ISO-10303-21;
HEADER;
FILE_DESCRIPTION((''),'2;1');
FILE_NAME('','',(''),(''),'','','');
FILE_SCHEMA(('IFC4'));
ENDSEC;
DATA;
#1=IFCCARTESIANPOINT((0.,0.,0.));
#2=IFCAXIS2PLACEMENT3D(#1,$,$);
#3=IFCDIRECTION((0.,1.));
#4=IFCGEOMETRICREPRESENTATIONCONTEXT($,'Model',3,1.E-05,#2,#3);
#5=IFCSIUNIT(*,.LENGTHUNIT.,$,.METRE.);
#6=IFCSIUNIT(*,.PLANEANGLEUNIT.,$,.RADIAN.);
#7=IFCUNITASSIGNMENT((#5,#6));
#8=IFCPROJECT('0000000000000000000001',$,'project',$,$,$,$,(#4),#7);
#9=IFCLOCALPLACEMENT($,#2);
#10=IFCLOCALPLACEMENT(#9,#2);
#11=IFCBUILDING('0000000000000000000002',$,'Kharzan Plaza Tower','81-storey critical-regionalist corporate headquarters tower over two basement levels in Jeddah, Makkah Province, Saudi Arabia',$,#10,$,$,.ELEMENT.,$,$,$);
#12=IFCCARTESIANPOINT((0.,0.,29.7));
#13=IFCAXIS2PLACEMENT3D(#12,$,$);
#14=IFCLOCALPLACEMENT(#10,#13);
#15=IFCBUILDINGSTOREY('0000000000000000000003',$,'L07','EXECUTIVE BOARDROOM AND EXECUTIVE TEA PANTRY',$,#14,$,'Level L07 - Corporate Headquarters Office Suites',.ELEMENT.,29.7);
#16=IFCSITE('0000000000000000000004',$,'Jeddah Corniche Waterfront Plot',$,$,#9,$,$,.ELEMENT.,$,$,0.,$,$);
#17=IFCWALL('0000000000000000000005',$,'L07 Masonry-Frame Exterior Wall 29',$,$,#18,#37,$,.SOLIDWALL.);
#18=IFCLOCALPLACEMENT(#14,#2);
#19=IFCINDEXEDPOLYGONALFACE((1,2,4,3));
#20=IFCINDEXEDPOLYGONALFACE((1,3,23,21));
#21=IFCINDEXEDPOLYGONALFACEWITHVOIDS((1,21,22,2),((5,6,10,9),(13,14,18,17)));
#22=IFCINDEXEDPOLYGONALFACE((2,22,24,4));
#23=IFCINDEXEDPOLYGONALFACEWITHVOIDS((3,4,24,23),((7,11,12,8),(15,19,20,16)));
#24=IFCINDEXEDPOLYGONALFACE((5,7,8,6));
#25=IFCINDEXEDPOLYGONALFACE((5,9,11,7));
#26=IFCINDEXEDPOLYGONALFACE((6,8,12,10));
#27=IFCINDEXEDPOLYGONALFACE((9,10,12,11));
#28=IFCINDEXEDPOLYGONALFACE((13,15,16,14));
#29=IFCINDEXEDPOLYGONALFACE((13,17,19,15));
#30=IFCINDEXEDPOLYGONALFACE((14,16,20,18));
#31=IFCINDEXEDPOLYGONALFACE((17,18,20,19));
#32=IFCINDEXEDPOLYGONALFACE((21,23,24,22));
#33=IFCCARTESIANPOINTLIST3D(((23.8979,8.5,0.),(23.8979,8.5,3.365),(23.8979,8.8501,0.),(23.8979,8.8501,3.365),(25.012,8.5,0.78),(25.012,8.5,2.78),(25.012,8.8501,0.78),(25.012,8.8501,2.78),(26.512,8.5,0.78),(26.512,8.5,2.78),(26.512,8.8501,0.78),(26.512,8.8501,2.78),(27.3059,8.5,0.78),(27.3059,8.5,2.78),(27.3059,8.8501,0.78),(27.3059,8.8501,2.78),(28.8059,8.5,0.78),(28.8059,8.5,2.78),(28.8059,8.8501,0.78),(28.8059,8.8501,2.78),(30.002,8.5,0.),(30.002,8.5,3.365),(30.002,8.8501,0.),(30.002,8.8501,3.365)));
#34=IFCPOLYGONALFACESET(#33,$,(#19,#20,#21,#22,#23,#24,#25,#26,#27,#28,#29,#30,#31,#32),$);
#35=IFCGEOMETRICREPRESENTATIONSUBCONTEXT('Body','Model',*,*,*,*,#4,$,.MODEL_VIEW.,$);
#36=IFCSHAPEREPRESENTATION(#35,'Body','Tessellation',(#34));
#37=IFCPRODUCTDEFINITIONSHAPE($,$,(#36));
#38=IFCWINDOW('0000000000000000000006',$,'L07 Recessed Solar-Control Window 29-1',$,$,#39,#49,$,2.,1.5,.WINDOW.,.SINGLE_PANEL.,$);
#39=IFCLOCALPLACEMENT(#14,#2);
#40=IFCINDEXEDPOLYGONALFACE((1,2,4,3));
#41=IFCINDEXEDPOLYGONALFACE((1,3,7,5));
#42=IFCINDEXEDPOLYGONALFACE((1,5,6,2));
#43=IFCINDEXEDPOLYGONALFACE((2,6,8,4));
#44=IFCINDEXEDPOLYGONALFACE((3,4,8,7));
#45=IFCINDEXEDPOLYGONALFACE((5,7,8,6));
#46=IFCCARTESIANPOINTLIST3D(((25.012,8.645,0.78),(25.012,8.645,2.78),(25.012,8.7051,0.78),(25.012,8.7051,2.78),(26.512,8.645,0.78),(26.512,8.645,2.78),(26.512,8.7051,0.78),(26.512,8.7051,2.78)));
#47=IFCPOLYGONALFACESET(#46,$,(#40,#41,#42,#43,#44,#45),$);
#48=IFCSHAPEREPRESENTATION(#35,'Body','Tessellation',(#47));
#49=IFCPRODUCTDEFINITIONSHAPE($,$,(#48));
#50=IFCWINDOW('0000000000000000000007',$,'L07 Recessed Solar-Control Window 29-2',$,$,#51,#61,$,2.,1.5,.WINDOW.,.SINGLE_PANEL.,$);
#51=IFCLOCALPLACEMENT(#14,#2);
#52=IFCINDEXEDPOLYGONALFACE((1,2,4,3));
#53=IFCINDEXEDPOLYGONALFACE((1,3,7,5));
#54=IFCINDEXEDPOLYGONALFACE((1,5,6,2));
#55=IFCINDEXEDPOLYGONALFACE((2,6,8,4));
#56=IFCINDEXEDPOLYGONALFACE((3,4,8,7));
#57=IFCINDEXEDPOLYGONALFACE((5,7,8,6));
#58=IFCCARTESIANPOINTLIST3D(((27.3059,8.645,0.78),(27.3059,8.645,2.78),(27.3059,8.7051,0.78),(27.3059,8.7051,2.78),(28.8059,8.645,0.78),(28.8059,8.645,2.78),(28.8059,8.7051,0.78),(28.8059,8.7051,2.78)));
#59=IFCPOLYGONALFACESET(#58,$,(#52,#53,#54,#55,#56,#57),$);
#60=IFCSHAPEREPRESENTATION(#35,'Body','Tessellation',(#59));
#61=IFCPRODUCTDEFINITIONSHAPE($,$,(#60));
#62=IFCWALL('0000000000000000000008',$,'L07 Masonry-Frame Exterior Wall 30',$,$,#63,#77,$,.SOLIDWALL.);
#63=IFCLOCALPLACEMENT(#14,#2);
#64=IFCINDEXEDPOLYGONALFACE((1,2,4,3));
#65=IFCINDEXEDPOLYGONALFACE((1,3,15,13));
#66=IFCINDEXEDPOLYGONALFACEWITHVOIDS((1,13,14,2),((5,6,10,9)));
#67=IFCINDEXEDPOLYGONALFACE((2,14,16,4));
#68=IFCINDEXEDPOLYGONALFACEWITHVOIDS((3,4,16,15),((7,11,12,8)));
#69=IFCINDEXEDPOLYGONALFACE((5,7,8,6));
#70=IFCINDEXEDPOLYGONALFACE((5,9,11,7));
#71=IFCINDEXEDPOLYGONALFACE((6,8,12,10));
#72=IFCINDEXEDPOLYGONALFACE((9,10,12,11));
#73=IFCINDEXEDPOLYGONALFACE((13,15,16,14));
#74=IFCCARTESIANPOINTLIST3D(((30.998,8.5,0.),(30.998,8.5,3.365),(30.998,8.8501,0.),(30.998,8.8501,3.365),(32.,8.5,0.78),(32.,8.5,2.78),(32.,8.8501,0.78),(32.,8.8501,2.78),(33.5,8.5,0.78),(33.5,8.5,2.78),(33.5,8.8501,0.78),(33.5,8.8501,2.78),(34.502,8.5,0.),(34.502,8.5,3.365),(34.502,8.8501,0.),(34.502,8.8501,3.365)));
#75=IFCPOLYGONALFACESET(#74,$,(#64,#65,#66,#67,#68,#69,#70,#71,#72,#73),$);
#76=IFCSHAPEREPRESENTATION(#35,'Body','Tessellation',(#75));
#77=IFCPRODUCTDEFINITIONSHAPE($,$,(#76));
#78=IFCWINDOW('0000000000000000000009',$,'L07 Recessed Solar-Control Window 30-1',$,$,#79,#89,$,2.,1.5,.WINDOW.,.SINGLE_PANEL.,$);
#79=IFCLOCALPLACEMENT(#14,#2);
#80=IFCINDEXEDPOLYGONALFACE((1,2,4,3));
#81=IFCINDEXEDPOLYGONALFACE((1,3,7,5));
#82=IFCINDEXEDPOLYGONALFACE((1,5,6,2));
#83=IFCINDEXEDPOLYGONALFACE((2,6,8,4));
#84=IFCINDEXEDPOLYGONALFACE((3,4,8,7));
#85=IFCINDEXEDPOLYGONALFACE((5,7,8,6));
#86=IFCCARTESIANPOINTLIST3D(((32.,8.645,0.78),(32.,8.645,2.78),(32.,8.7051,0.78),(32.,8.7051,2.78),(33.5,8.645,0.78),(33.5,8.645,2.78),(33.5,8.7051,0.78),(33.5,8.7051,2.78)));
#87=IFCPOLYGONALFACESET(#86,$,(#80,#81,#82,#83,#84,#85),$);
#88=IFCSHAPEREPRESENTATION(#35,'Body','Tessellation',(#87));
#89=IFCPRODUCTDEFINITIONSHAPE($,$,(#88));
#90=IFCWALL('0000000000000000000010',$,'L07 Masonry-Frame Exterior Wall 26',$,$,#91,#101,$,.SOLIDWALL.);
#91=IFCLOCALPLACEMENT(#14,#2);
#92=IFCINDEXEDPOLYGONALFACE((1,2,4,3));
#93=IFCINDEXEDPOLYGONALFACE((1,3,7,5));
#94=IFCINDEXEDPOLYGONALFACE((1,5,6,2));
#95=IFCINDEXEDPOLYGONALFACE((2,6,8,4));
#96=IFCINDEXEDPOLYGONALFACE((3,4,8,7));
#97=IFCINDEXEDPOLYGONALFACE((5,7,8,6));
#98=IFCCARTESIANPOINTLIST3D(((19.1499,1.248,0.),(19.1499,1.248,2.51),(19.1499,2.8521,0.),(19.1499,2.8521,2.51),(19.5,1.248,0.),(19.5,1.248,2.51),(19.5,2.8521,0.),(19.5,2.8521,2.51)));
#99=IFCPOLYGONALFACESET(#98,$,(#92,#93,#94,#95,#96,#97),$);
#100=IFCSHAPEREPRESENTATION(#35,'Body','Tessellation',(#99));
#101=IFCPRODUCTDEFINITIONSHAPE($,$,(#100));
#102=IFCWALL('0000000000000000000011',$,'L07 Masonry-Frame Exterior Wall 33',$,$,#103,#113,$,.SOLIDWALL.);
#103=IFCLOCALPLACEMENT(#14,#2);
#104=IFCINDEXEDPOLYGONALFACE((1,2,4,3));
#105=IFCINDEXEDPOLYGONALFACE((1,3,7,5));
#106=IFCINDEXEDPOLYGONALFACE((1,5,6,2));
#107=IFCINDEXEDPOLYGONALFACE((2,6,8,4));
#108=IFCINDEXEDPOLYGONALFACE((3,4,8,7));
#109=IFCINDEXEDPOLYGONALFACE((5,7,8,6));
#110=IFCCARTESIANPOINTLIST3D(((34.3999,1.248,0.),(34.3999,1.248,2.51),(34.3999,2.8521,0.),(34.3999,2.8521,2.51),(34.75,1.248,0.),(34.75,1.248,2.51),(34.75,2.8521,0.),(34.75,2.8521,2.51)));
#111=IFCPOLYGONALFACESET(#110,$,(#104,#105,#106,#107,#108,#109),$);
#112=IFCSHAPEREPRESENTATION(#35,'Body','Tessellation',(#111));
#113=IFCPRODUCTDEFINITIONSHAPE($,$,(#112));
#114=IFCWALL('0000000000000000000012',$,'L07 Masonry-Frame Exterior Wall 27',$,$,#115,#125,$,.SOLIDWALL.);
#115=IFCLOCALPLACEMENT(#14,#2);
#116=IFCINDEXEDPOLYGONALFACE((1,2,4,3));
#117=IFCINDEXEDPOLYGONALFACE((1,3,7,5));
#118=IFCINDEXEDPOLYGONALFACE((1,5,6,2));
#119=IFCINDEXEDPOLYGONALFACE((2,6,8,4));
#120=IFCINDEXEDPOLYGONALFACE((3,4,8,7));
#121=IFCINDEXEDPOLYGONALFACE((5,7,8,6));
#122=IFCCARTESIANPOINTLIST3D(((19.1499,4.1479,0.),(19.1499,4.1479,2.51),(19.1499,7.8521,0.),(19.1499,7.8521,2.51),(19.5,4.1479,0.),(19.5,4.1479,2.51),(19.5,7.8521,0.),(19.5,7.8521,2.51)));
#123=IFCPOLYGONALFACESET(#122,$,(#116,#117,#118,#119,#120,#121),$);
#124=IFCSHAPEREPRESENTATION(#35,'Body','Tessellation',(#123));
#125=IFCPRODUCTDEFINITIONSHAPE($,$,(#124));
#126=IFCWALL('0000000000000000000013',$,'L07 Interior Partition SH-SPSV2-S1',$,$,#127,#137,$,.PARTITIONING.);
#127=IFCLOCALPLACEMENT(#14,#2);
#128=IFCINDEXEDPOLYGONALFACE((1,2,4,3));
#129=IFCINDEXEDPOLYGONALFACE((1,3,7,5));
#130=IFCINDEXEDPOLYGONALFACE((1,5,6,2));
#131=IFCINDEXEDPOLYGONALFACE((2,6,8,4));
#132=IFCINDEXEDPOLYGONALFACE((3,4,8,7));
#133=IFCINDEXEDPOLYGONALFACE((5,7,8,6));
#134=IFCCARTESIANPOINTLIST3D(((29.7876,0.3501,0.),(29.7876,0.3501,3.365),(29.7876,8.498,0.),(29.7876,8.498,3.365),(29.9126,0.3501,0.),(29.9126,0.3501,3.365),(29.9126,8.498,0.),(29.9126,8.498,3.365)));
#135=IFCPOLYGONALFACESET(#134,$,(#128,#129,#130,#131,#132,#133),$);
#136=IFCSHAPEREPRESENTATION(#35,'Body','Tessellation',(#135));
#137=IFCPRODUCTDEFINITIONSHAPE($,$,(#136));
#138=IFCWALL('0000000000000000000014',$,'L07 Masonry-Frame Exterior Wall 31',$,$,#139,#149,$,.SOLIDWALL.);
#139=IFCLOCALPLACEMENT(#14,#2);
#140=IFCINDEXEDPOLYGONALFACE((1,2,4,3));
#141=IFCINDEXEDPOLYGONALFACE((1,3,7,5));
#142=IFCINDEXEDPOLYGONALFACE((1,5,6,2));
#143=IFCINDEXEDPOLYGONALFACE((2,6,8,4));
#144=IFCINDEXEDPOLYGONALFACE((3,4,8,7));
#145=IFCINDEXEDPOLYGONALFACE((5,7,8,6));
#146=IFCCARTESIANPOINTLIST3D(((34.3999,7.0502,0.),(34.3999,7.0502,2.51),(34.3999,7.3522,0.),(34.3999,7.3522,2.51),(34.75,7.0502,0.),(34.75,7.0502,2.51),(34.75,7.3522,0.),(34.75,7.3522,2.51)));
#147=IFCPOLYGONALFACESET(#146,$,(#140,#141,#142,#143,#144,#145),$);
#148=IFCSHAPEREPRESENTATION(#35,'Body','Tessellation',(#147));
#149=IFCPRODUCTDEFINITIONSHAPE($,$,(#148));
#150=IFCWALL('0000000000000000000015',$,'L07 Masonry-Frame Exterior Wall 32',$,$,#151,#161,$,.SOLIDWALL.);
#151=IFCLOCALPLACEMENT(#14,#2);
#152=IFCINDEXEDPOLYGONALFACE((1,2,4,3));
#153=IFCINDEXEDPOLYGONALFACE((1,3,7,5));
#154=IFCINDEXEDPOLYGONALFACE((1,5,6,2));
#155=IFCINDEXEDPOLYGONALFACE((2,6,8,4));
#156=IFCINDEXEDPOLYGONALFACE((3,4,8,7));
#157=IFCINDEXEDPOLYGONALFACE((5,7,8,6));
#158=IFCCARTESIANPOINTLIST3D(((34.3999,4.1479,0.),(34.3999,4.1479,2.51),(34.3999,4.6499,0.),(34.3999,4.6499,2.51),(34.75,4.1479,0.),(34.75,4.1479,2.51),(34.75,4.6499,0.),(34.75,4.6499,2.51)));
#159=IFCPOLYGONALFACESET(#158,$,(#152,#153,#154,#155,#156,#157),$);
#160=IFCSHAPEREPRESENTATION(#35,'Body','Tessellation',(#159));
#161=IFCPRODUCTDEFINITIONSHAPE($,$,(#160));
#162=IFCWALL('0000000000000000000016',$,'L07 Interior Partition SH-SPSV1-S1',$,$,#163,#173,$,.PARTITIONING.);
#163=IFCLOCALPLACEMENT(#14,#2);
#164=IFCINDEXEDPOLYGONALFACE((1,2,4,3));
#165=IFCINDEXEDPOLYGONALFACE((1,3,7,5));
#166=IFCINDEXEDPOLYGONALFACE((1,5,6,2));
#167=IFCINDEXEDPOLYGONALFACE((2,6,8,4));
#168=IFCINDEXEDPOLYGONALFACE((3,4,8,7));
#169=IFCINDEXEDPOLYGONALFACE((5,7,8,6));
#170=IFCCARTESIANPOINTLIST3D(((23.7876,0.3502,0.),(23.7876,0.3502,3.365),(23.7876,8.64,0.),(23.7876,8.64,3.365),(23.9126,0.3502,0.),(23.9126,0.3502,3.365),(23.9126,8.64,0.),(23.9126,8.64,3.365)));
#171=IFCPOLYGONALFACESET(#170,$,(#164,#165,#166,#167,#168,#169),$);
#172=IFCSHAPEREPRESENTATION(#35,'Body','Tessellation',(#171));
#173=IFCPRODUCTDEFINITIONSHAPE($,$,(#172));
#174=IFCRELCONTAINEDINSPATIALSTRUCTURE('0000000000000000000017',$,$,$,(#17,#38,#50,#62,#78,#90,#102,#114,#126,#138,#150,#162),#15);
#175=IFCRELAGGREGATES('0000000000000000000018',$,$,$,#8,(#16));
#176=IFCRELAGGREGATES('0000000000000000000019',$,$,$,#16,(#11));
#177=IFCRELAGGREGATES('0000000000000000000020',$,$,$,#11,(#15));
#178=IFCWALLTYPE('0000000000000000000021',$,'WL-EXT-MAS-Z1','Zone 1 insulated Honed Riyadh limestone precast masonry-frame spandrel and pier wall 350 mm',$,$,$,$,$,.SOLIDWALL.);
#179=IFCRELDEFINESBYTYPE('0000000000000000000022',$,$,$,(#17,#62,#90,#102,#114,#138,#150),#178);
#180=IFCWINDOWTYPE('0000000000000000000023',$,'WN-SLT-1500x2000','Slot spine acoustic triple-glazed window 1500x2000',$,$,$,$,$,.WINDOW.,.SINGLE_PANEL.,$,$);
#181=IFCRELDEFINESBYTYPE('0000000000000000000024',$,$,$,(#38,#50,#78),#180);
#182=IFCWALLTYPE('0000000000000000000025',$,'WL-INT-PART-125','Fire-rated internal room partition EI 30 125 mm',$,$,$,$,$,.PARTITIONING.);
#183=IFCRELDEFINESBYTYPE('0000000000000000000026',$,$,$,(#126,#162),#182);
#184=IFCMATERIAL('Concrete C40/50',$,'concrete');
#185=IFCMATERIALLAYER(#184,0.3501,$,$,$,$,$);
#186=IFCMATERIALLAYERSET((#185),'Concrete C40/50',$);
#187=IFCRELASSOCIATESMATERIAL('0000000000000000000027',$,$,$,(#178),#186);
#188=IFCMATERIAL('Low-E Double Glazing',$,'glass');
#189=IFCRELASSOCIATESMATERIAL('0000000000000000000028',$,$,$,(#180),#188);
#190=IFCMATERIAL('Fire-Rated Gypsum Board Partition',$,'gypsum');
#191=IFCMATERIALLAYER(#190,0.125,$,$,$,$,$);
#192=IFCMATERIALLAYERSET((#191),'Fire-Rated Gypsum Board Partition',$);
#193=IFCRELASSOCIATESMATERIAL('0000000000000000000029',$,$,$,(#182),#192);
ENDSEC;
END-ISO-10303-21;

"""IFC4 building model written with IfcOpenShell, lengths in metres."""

from ifc_helpers import new_model, si_unit, direction, frame, frame_2d, origin, place, context, subcontext, project, spatial, rectangle, extrude, source, transform, mapped, material, layer, layer_set, type_object, element, fill, save


model = new_model("IFC4")

# Units and contexts
model_context = context("Model", 3, precision=1e-05, world=origin(), true_north=direction((0.0, 1.0)))
body_context = subcontext(model_context, "Body", "Model", "MODEL_VIEW")
ifc_project = project(units=[si_unit("LENGTHUNIT", "METRE"), si_unit("PLANEANGLEUNIT", "RADIAN")], contexts=[model_context])

# Site, building, storey
site_placement = place(None, origin())
site = spatial("IfcSite", under=ifc_project, at=site_placement, Name="Jeddah Corniche Waterfront Plot", CompositionType="ELEMENT", RefElevation=0.0)
building_placement = place(site_placement, origin())
building = spatial("IfcBuilding", under=site, at=building_placement, Name="Kharzan Plaza Tower", Description="81-storey critical-regionalist corporate headquarters tower over two basement levels in Jeddah, Makkah Province, Saudi Arabia", CompositionType="ELEMENT")
storey_placement = place(building_placement, frame((0.0, 0.0, 29.7)))
storey = spatial("IfcBuildingStorey", under=building, at=storey_placement, Name="L07", Description="EXECUTIVE BOARDROOM AND EXECUTIVE TEA PANTRY", LongName="Level L07 - Corporate Headquarters Office Suites", CompositionType="ELEMENT", Elevation=29.7)

# Shared definitions
ifc_material_1 = material(Name="Concrete C40/50", Category="concrete")
ifc_layer_1 = layer(ifc_material_1, 0.3501)
ifc_layer_set_1 = layer_set([ifc_layer_1], Name="Concrete C40/50")
wall_type_1 = type_object("IfcWallType", Name="WL-EXT-MAS-Z1", Description="Zone 1 insulated Honed Riyadh limestone precast masonry-frame spandrel and pier wall 350 mm", PredefinedType="SOLIDWALL", material=ifc_layer_set_1)
ifc_material_2 = material(Name="Low-E Double Glazing", Category="glass")
window_type = type_object("IfcWindowType", Name="WN-SLT-1500x2000", Description="Slot spine acoustic triple-glazed window 1500x2000", PartitioningType="SINGLE_PANEL", PredefinedType="WINDOW", material=ifc_material_2)
shared_shape_1 = source(origin(), body_context, "Body", "SweptSolid", [
    extrude(rectangle(XDim=1.5, YDim=2.0, at=frame_2d((0.75, 1.0))), frame((0.0, 0.03, 0.0), z_axis=(0.0, -1.0, 0.0), x_axis=(1.0, 0.0, 0.0)), (0.0, 0.0, 1.0), 0.0601),
])

# Wall, openings, windows
wall_1_placement = place(storey_placement, frame((23.8979, 8.675, 0.0), z_axis=(0.0, 0.0, 1.0), x_axis=(1.0, 0.0, 0.0)))
wall_1 = element("IfcWall", 1, at=wall_1_placement, inside=storey, type_object=wall_type_1, Name="L07 Masonry-Frame Exterior Wall 29", PredefinedType="SOLIDWALL", context=body_context, shape_type="SweptSolid", body=[
    extrude(rectangle(XDim=6.104, YDim=0.3501, at=frame_2d((3.052, 0.0))), origin(), (0.0, 0.0, 1.0), 3.365),
])
opening_1_placement = place(wall_1_placement, frame((1.114, 0.0, 0.78)))
opening_1 = element("IfcOpeningElement", 2, at=opening_1_placement, cuts=wall_1, PredefinedType="OPENING", context=body_context, shape_type="SweptSolid", body=[
    extrude(rectangle(XDim=1.5, YDim=2.0, at=frame_2d((0.75, 1.0))), frame((0.0, 0.1851, 0.0), z_axis=(0.0, -1.0, 0.0), x_axis=(1.0, 0.0, 0.0)), (0.0, 0.0, 1.0), 0.3701),
])
opening_2_placement = place(wall_1_placement, frame((3.408, 0.0, 0.78)))
opening_2 = element("IfcOpeningElement", 3, at=opening_2_placement, cuts=wall_1, PredefinedType="OPENING", context=body_context, shape_type="SweptSolid", body=[
    extrude(rectangle(XDim=1.5, YDim=2.0, at=frame_2d((0.75, 1.0))), frame((0.0, 0.1851, 0.0), z_axis=(0.0, -1.0, 0.0), x_axis=(1.0, 0.0, 0.0)), (0.0, 0.0, 1.0), 0.3701),
])
window_1_placement = place(opening_1_placement, origin())
window_1 = element("IfcWindow", 4, at=window_1_placement, inside=storey, type_object=window_type, Name="L07 Recessed Solar-Control Window 29-1", OverallHeight=2.0, OverallWidth=1.5, PartitioningType="SINGLE_PANEL", PredefinedType="WINDOW", context=body_context, shape_type="MappedRepresentation", body=[
    mapped(shared_shape_1, transform((0.0, 0.0, 0.0), x_axis=(1.0, 0.0, 0.0), y_axis=(0.0, 1.0, 0.0), z_axis=(0.0, 0.0, 1.0))),
])
fill(opening_1, window_1)
window_2_placement = place(opening_2_placement, origin())
window_2 = element("IfcWindow", 5, at=window_2_placement, inside=storey, type_object=window_type, Name="L07 Recessed Solar-Control Window 29-2", OverallHeight=2.0, OverallWidth=1.5, PartitioningType="SINGLE_PANEL", PredefinedType="WINDOW", context=body_context, shape_type="MappedRepresentation", body=[
    mapped(shared_shape_1, transform((0.0, 0.0, 0.0), x_axis=(1.0, 0.0, 0.0), y_axis=(0.0, 1.0, 0.0), z_axis=(0.0, 0.0, 1.0))),
])
fill(opening_2, window_2)

# Wall, opening, window
wall_2_placement = place(storey_placement, frame((30.998, 8.675, 0.0), z_axis=(0.0, 0.0, 1.0), x_axis=(1.0, 0.0, 0.0)))
wall_2 = element("IfcWall", 6, at=wall_2_placement, inside=storey, type_object=wall_type_1, Name="L07 Masonry-Frame Exterior Wall 30", PredefinedType="SOLIDWALL", context=body_context, shape_type="SweptSolid", body=[
    extrude(rectangle(XDim=3.5039, YDim=0.3501, at=frame_2d((1.752, 0.0))), origin(), (0.0, 0.0, 1.0), 3.365),
])
opening_3_placement = place(wall_2_placement, frame((1.002, 0.0, 0.78)))
opening_3 = element("IfcOpeningElement", 7, at=opening_3_placement, cuts=wall_2, PredefinedType="OPENING", context=body_context, shape_type="SweptSolid", body=[
    extrude(rectangle(XDim=1.5, YDim=2.0, at=frame_2d((0.75, 1.0))), frame((0.0, 0.1851, 0.0), z_axis=(0.0, -1.0, 0.0), x_axis=(1.0, 0.0, 0.0)), (0.0, 0.0, 1.0), 0.3701),
])
window_3_placement = place(opening_3_placement, origin())
window_3 = element("IfcWindow", 8, at=window_3_placement, inside=storey, type_object=window_type, Name="L07 Recessed Solar-Control Window 30-1", OverallHeight=2.0, OverallWidth=1.5, PartitioningType="SINGLE_PANEL", PredefinedType="WINDOW", context=body_context, shape_type="MappedRepresentation", body=[
    mapped(shared_shape_1, transform((0.0, 0.0, 0.0), x_axis=(1.0, 0.0, 0.0), y_axis=(0.0, 1.0, 0.0), z_axis=(0.0, 0.0, 1.0))),
])
fill(opening_3, window_3)

# Walls
shared_shape_2 = source(origin(), body_context, "Body", "SweptSolid", [
    extrude(rectangle(XDim=1.604, YDim=0.3501, at=frame_2d((0.802, 0.0))), origin(), (0.0, 0.0, 1.0), 2.51),
])
for number, where, z_axis, x_axis, name in (
    (9, (19.325, 1.248, 0.0), (0.0, 0.0, 1.0), (0.0, 1.0, 0.0), "L07 Masonry-Frame Exterior Wall 26"),
    (10, (34.575, 2.8521, 0.0), (0.0, 0.0, 1.0), (0.0, -1.0, 0.0), "L07 Masonry-Frame Exterior Wall 33"),
):
    element("IfcWall", number, at=place(storey_placement, frame(where, z_axis=z_axis, x_axis=x_axis)), inside=storey, type_object=wall_type_1, Name=name, PredefinedType="SOLIDWALL", context=body_context, shape_type="MappedRepresentation", body=[
        mapped(shared_shape_2, transform((0.0, 0.0, 0.0), x_axis=(1.0, 0.0, 0.0), y_axis=(0.0, 1.0, 0.0), z_axis=(0.0, 0.0, 1.0))),
    ])
shared_shape_3 = source(origin(), body_context, "Body", "SweptSolid", [
    extrude(rectangle(XDim=3.7041, YDim=0.3501, at=frame_2d((1.8521, 0.0))), origin(), (0.0, 0.0, 1.0), 2.51),
])
wall_3_placement = place(storey_placement, frame((19.325, 4.1479, 0.0), z_axis=(0.0, 0.0, 1.0), x_axis=(0.0, 1.0, 0.0)))
element("IfcWall", 11, at=wall_3_placement, inside=storey, type_object=wall_type_1, Name="L07 Masonry-Frame Exterior Wall 27", PredefinedType="SOLIDWALL", context=body_context, shape_type="MappedRepresentation", body=[
    mapped(shared_shape_3, transform((0.0, 0.0, 0.0), x_axis=(1.0, 0.0, 0.0), y_axis=(0.0, 1.0, 0.0), z_axis=(0.0, 0.0, 1.0))),
])
ifc_material_3 = material(Name="Fire-Rated Gypsum Board Partition", Category="gypsum")
ifc_layer_2 = layer(ifc_material_3, 0.125)
ifc_layer_set_2 = layer_set([ifc_layer_2], Name="Fire-Rated Gypsum Board Partition")
wall_type_2 = type_object("IfcWallType", Name="WL-INT-PART-125", Description="Fire-rated internal room partition EI 30 125 mm", PredefinedType="PARTITIONING", material=ifc_layer_set_2)
shared_shape_4 = source(origin(), body_context, "Body", "SweptSolid", [
    extrude(rectangle(XDim=8.1479, YDim=0.125, at=frame_2d((4.074, 0.0))), origin(), (0.0, 0.0, 1.0), 3.365),
])
wall_4_placement = place(storey_placement, frame((29.8501, 0.3501, 0.0), z_axis=(0.0, 0.0, 1.0), x_axis=(0.0, 1.0, 0.0)))
element("IfcWall", 12, at=wall_4_placement, inside=storey, type_object=wall_type_2, Name="L07 Interior Partition SH-SPSV2-S1", PredefinedType="PARTITIONING", context=body_context, shape_type="MappedRepresentation", body=[
    mapped(shared_shape_4, transform((0.0, 0.0, 0.0), x_axis=(1.0, 0.0, 0.0), y_axis=(0.0, 1.0, 0.0), z_axis=(0.0, 0.0, 1.0))),
])
shared_shape_5 = source(origin(), body_context, "Body", "SweptSolid", [
    extrude(rectangle(XDim=0.302, YDim=0.3501, at=frame_2d((0.1509, 0.0))), origin(), (0.0, 0.0, 1.0), 2.51),
])
wall_5_placement = place(storey_placement, frame((34.575, 7.3521, 0.0), z_axis=(0.0, 0.0, 1.0), x_axis=(0.0, -1.0, 0.0)))
element("IfcWall", 13, at=wall_5_placement, inside=storey, type_object=wall_type_1, Name="L07 Masonry-Frame Exterior Wall 31", PredefinedType="SOLIDWALL", context=body_context, shape_type="MappedRepresentation", body=[
    mapped(shared_shape_5, transform((0.0, 0.0, 0.0), x_axis=(1.0, 0.0, 0.0), y_axis=(0.0, 1.0, 0.0), z_axis=(0.0, 0.0, 1.0))),
])
shared_shape_6 = source(origin(), body_context, "Body", "SweptSolid", [
    extrude(rectangle(XDim=0.502, YDim=0.3501, at=frame_2d((0.251, 0.0))), origin(), (0.0, 0.0, 1.0), 2.51),
])
wall_6_placement = place(storey_placement, frame((34.575, 4.6499, 0.0), z_axis=(0.0, 0.0, 1.0), x_axis=(0.0, -1.0, 0.0)))
element("IfcWall", 14, at=wall_6_placement, inside=storey, type_object=wall_type_1, Name="L07 Masonry-Frame Exterior Wall 32", PredefinedType="SOLIDWALL", context=body_context, shape_type="MappedRepresentation", body=[
    mapped(shared_shape_6, transform((0.0, 0.0, 0.0), x_axis=(1.0, 0.0, 0.0), y_axis=(0.0, 1.0, 0.0), z_axis=(0.0, 0.0, 1.0))),
])
shared_shape_7 = source(origin(), body_context, "Body", "SweptSolid", [
    extrude(rectangle(XDim=8.2898, YDim=0.125, at=frame_2d((4.145, 0.0))), origin(), (0.0, 0.0, 1.0), 3.365),
])
wall_7_placement = place(storey_placement, frame((23.8501, 0.3501, 0.0), z_axis=(0.0, 0.0, 1.0), x_axis=(0.0, 1.0, 0.0)))
element("IfcWall", 15, at=wall_7_placement, inside=storey, type_object=wall_type_2, Name="L07 Interior Partition SH-SPSV1-S1", PredefinedType="PARTITIONING", context=body_context, shape_type="MappedRepresentation", body=[
    mapped(shared_shape_7, transform((0.0, 0.0, 0.0), x_axis=(1.0, 0.0, 0.0), y_axis=(0.0, 1.0, 0.0), z_axis=(0.0, 0.0, 1.0))),
])

save(model, "model.ifc")
